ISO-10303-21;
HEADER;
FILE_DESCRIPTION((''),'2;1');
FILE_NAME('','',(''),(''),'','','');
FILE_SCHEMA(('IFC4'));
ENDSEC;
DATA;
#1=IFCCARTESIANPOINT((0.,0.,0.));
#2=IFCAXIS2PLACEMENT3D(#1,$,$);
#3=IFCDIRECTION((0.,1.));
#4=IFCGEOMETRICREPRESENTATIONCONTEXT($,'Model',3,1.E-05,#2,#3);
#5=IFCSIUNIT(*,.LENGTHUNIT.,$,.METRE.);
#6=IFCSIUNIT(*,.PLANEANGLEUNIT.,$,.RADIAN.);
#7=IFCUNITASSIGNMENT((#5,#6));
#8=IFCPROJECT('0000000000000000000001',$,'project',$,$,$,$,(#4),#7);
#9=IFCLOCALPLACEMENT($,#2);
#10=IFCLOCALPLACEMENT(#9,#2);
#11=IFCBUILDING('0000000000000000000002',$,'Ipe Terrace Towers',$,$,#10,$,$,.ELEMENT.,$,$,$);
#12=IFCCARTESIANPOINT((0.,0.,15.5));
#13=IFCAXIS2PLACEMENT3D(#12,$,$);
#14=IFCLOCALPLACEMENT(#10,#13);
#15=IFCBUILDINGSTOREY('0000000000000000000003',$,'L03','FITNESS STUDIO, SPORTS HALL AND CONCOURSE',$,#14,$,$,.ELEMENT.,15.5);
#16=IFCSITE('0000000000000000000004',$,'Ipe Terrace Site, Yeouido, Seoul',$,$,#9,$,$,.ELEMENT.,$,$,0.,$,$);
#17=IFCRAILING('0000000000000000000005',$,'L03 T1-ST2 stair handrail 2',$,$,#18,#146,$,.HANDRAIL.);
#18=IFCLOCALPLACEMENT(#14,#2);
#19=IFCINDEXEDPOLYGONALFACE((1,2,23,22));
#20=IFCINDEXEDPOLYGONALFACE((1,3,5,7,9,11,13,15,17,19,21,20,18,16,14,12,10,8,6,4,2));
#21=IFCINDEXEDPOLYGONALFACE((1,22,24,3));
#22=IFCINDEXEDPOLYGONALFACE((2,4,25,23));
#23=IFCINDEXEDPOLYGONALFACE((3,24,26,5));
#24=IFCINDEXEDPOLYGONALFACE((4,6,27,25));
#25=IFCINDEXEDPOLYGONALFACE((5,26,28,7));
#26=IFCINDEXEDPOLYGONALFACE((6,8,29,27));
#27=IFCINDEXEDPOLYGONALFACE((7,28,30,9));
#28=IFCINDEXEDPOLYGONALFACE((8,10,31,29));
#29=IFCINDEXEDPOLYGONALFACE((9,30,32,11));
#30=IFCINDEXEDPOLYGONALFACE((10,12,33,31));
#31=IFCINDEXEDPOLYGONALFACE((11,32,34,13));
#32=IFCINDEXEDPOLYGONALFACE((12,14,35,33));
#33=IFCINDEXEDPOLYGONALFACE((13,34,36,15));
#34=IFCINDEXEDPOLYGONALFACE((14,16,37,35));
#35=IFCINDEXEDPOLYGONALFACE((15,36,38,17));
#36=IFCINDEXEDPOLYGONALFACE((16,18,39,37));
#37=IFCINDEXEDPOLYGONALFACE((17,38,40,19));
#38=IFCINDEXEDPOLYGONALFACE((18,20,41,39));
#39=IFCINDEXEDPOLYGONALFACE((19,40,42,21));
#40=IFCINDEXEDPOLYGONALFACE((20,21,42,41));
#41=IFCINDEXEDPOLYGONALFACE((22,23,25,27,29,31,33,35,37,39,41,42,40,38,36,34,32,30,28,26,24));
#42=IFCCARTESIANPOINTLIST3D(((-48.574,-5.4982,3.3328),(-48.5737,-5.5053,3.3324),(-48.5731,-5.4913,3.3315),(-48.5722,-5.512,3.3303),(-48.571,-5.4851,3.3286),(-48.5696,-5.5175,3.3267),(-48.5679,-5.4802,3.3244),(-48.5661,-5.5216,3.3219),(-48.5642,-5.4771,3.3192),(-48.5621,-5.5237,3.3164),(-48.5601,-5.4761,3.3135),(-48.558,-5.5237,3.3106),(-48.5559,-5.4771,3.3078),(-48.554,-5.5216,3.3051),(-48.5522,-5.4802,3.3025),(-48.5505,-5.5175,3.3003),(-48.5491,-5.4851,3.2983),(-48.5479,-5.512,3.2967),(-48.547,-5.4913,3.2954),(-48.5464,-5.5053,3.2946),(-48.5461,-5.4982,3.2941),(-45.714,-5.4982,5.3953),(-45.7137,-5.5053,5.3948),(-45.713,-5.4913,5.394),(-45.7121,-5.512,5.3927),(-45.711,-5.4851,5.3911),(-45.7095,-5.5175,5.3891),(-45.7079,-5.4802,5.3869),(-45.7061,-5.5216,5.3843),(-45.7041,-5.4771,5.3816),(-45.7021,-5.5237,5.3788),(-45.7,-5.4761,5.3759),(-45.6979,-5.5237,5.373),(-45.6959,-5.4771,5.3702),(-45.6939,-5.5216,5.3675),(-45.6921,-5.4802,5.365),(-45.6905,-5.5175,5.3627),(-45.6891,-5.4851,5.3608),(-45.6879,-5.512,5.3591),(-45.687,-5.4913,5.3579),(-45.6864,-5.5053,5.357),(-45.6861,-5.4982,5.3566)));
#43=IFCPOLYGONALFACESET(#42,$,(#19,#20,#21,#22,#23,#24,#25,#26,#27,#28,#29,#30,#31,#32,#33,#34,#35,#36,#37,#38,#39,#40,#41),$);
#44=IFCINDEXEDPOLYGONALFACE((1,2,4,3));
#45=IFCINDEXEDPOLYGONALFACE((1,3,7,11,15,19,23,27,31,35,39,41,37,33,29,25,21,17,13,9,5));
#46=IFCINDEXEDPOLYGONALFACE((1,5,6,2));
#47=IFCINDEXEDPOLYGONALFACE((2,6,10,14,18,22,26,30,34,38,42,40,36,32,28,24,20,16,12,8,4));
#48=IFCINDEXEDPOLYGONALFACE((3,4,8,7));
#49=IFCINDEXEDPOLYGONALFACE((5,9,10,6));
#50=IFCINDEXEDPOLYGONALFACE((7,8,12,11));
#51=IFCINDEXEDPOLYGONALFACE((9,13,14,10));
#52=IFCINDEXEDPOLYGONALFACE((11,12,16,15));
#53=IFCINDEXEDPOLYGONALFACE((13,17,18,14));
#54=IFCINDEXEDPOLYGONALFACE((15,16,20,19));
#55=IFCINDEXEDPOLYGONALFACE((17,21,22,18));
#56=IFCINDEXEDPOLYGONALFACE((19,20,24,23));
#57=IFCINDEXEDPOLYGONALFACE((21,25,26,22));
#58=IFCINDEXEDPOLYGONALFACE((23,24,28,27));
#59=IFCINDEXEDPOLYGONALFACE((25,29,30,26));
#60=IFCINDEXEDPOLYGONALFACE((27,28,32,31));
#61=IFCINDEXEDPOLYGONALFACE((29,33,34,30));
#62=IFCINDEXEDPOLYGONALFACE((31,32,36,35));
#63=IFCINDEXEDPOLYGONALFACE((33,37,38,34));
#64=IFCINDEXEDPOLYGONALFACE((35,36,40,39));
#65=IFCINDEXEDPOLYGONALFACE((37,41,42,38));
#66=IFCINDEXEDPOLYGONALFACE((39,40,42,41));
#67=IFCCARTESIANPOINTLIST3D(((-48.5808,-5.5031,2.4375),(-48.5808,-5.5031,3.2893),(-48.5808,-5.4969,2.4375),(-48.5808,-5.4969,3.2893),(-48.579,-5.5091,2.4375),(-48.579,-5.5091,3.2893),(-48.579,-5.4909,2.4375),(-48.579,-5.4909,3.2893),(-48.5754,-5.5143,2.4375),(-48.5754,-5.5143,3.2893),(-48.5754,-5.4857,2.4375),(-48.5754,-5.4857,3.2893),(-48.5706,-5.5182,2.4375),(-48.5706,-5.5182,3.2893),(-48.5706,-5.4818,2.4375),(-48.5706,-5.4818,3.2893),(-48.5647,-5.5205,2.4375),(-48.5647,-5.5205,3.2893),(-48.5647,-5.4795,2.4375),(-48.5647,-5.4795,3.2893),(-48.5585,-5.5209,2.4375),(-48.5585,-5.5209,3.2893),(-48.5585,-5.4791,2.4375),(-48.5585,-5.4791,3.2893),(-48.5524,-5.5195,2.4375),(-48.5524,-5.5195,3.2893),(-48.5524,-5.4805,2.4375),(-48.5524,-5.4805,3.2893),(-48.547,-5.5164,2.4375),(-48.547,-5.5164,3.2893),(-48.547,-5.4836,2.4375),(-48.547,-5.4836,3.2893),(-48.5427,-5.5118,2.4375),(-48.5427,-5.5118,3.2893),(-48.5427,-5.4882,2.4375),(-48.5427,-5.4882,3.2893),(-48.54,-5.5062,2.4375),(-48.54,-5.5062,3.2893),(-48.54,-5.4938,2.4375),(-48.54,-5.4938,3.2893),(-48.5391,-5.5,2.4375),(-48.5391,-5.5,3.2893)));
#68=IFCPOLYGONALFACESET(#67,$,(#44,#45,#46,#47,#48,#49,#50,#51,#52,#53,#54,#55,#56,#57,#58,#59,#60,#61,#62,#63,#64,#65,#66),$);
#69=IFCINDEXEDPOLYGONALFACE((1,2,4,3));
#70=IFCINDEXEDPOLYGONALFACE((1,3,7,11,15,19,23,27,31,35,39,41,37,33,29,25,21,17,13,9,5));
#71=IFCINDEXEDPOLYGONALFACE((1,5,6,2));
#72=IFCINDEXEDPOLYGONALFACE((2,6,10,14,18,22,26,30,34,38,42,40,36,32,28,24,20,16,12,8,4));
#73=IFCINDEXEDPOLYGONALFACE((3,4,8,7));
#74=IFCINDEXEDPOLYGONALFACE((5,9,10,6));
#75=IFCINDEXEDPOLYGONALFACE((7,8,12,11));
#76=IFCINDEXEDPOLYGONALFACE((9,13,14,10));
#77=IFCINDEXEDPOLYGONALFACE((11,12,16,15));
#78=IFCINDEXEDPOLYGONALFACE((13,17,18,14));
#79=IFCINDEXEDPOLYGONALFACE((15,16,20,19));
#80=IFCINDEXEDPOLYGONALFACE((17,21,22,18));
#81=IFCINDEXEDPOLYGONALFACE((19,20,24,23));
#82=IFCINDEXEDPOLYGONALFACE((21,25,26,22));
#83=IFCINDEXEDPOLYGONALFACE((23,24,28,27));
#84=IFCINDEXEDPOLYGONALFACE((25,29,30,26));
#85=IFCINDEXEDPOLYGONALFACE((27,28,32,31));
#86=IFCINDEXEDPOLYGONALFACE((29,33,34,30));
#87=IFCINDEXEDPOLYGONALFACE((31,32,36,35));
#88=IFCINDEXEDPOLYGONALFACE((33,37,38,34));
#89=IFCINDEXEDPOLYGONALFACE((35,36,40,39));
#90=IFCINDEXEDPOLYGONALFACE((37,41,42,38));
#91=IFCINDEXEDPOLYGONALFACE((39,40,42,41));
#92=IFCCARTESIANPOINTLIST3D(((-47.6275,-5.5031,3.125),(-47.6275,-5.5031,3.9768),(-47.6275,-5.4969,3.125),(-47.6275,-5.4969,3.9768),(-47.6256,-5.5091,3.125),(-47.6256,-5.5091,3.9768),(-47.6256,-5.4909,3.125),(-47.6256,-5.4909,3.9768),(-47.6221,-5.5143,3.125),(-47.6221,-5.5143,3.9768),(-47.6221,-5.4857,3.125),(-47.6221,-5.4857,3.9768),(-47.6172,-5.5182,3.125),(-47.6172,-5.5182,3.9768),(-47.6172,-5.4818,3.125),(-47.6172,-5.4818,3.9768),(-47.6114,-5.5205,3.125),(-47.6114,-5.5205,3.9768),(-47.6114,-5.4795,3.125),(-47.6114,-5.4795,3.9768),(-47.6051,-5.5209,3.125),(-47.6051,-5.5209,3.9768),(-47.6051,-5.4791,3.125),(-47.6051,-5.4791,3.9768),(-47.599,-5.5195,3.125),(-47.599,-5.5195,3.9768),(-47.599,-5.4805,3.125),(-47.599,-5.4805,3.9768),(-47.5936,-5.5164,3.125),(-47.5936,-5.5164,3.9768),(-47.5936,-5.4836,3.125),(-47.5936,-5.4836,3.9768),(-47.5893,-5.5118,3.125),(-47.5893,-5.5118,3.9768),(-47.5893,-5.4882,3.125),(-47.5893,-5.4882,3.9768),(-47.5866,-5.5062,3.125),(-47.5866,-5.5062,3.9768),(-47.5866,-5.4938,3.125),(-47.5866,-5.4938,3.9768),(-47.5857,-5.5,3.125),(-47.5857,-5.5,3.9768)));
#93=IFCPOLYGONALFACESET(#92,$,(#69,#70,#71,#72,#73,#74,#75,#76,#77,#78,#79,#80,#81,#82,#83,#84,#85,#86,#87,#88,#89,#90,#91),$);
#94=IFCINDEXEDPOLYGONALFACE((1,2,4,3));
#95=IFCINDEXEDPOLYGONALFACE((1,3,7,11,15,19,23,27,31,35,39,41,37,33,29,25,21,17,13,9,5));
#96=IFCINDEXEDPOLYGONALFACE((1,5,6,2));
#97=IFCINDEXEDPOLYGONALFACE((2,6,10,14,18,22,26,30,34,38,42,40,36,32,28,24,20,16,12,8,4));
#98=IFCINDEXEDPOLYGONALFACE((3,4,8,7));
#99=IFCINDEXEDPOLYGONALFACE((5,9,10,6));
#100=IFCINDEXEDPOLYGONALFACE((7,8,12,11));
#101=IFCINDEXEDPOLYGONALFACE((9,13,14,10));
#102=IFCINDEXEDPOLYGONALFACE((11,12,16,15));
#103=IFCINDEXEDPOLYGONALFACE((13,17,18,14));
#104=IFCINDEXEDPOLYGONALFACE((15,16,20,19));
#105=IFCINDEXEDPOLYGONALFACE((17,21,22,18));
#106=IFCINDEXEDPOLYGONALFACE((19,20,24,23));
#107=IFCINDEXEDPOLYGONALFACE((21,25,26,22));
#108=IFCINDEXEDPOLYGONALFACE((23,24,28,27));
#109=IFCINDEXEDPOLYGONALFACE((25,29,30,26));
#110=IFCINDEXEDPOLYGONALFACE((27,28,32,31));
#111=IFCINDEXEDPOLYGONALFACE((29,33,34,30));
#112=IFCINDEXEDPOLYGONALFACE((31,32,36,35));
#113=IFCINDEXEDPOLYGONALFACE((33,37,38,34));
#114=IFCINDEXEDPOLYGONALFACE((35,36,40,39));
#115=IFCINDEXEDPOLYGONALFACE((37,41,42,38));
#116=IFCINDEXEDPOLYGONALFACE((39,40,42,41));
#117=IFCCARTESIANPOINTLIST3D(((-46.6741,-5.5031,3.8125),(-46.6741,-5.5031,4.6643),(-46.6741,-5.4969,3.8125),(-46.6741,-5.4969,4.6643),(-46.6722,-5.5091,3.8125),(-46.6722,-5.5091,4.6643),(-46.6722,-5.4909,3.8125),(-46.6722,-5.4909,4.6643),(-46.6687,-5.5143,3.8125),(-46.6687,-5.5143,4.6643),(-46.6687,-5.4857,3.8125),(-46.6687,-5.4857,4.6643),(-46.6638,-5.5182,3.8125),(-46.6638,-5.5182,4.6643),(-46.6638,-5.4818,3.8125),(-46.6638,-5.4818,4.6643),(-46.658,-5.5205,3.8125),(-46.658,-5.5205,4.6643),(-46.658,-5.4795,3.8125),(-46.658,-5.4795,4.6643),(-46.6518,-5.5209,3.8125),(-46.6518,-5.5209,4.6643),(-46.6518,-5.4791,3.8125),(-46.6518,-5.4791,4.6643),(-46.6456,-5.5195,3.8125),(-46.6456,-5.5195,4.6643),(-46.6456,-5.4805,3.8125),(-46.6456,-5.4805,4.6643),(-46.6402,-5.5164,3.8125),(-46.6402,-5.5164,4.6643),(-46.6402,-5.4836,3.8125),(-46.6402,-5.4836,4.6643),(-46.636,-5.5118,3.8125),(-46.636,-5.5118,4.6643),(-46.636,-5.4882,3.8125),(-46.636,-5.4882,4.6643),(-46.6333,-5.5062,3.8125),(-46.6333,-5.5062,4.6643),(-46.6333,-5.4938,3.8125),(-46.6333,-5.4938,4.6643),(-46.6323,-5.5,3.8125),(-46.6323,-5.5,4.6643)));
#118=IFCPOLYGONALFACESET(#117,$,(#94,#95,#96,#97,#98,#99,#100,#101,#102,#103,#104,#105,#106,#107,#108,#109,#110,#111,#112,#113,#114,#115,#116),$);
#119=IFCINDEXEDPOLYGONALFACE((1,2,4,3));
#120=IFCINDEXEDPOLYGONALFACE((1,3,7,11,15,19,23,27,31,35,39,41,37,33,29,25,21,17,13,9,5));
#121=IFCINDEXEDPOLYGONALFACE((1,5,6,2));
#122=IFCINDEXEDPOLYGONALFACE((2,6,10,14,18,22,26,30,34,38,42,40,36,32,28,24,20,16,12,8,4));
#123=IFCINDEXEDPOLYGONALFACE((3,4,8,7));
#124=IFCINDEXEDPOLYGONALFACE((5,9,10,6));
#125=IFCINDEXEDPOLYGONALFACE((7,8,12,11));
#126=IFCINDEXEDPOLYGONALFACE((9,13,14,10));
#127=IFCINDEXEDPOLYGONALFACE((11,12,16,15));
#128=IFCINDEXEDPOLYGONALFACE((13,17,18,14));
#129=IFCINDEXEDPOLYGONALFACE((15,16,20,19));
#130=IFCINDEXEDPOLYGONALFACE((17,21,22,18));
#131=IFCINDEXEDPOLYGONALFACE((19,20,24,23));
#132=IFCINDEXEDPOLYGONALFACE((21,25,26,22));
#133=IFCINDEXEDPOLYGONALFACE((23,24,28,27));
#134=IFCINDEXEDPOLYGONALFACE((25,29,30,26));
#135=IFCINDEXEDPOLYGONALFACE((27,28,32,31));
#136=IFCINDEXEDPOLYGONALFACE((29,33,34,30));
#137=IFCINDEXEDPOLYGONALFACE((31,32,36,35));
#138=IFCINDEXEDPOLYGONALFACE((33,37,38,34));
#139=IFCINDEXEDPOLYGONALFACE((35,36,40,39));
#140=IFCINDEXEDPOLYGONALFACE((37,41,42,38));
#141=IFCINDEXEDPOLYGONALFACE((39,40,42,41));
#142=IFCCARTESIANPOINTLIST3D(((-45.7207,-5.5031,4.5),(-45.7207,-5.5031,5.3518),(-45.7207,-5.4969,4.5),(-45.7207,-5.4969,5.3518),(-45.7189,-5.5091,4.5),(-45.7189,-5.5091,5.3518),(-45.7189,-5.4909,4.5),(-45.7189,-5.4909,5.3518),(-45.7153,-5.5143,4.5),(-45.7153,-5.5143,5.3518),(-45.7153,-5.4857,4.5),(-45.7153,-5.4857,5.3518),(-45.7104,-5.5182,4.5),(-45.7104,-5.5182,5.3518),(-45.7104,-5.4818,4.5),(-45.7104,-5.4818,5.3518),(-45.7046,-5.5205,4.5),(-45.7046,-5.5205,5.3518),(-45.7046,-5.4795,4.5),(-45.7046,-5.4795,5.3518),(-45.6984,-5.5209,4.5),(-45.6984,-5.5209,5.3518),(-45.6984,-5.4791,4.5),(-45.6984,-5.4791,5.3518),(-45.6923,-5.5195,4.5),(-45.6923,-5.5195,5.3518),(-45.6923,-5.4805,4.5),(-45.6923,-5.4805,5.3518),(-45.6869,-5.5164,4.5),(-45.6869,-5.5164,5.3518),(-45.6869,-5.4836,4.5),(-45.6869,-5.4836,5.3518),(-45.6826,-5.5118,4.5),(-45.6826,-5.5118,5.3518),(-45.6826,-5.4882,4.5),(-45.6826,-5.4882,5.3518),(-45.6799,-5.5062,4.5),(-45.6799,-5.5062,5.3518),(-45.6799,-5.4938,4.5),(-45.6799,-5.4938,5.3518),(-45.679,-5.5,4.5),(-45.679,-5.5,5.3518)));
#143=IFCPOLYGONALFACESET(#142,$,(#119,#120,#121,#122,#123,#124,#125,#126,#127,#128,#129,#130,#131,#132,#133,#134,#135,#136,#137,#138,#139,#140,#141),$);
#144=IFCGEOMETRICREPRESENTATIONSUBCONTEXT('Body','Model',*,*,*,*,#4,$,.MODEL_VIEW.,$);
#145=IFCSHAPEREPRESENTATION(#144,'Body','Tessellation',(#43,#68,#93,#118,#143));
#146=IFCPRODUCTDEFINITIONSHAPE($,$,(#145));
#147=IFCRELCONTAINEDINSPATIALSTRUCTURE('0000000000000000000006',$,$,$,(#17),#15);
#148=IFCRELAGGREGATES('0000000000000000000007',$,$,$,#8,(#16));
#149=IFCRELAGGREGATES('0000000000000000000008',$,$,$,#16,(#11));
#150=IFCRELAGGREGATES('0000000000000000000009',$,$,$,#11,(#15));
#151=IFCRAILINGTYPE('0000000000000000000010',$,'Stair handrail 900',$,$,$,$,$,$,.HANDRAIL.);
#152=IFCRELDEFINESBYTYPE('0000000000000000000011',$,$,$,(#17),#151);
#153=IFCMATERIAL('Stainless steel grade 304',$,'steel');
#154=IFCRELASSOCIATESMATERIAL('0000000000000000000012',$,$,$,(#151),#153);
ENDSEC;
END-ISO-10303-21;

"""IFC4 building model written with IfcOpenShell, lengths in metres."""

from ifc_helpers import new_model, si_unit, direction, frame, origin, origin_2d, place, context, subcontext, project, spatial, circle, extrude, material, type_object, element, save


model = new_model("IFC4")

# Units and contexts
model_context = context("Model", 3, precision=1e-05, world=origin(), true_north=direction((0.0, 1.0)))
body_context = subcontext(model_context, "Body", "Model", "MODEL_VIEW")
ifc_project = project(units=[si_unit("LENGTHUNIT", "METRE"), si_unit("PLANEANGLEUNIT", "RADIAN")], contexts=[model_context])

# Site, building, storey
site_placement = place(None, origin())
site = spatial("IfcSite", under=ifc_project, at=site_placement, Name="Ipe Terrace Site, Yeouido, Seoul", CompositionType="ELEMENT", RefElevation=0.0)
building_placement = place(site_placement, origin())
building = spatial("IfcBuilding", under=site, at=building_placement, Name="Ipe Terrace Towers", CompositionType="ELEMENT")
storey_placement = place(building_placement, frame((0.0, 0.0, 15.5)))
storey = spatial("IfcBuildingStorey", under=building, at=storey_placement, Name="L03", Description="FITNESS STUDIO, SPORTS HALL AND CONCOURSE", CompositionType="ELEMENT", Elevation=15.5)

# Railing
ifc_material_1 = material(Name="Stainless steel grade 304", Category="steel")
railing_type_1 = type_object("IfcRailingType", Name="Stair handrail 900", PredefinedType="HANDRAIL", material=ifc_material_1)
for number, where, name in (
    (1, (-48.5601, -5.5, 2.4375), "L03 T1-ST2 stair handrail 2"),
):
    element("IfcRailing", number, at=place(storey_placement, frame(where)), inside=storey, type_object=railing_type_1, Name=name, PredefinedType="HANDRAIL", context=body_context, shape_type="SweptSolid", body=[
        extrude(circle(Radius=0.0239, at=origin_2d()), frame((0.0, 0.0, 0.876), z_axis=(0.811101, 0.0, 0.584906), x_axis=(0.0, 1.0, 0.0)), (0.0, 0.0, 1.0), 3.5261),
        extrude(circle(Radius=0.021, at=origin_2d()), origin(), (0.0, 0.0, 1.0), 0.8518),
        extrude(circle(Radius=0.021, at=origin_2d()), frame((0.9534, 0.0, 0.6875)), (0.0, 0.0, 1.0), 0.8518),
        extrude(circle(Radius=0.021, at=origin_2d()), frame((1.9067, 0.0, 1.375)), (0.0, 0.0, 1.0), 0.8518),
        extrude(circle(Radius=0.021, at=origin_2d()), frame((2.8601, 0.0, 2.0625)), (0.0, 0.0, 1.0), 0.8518),
    ])

save(model, "model.ifc")
